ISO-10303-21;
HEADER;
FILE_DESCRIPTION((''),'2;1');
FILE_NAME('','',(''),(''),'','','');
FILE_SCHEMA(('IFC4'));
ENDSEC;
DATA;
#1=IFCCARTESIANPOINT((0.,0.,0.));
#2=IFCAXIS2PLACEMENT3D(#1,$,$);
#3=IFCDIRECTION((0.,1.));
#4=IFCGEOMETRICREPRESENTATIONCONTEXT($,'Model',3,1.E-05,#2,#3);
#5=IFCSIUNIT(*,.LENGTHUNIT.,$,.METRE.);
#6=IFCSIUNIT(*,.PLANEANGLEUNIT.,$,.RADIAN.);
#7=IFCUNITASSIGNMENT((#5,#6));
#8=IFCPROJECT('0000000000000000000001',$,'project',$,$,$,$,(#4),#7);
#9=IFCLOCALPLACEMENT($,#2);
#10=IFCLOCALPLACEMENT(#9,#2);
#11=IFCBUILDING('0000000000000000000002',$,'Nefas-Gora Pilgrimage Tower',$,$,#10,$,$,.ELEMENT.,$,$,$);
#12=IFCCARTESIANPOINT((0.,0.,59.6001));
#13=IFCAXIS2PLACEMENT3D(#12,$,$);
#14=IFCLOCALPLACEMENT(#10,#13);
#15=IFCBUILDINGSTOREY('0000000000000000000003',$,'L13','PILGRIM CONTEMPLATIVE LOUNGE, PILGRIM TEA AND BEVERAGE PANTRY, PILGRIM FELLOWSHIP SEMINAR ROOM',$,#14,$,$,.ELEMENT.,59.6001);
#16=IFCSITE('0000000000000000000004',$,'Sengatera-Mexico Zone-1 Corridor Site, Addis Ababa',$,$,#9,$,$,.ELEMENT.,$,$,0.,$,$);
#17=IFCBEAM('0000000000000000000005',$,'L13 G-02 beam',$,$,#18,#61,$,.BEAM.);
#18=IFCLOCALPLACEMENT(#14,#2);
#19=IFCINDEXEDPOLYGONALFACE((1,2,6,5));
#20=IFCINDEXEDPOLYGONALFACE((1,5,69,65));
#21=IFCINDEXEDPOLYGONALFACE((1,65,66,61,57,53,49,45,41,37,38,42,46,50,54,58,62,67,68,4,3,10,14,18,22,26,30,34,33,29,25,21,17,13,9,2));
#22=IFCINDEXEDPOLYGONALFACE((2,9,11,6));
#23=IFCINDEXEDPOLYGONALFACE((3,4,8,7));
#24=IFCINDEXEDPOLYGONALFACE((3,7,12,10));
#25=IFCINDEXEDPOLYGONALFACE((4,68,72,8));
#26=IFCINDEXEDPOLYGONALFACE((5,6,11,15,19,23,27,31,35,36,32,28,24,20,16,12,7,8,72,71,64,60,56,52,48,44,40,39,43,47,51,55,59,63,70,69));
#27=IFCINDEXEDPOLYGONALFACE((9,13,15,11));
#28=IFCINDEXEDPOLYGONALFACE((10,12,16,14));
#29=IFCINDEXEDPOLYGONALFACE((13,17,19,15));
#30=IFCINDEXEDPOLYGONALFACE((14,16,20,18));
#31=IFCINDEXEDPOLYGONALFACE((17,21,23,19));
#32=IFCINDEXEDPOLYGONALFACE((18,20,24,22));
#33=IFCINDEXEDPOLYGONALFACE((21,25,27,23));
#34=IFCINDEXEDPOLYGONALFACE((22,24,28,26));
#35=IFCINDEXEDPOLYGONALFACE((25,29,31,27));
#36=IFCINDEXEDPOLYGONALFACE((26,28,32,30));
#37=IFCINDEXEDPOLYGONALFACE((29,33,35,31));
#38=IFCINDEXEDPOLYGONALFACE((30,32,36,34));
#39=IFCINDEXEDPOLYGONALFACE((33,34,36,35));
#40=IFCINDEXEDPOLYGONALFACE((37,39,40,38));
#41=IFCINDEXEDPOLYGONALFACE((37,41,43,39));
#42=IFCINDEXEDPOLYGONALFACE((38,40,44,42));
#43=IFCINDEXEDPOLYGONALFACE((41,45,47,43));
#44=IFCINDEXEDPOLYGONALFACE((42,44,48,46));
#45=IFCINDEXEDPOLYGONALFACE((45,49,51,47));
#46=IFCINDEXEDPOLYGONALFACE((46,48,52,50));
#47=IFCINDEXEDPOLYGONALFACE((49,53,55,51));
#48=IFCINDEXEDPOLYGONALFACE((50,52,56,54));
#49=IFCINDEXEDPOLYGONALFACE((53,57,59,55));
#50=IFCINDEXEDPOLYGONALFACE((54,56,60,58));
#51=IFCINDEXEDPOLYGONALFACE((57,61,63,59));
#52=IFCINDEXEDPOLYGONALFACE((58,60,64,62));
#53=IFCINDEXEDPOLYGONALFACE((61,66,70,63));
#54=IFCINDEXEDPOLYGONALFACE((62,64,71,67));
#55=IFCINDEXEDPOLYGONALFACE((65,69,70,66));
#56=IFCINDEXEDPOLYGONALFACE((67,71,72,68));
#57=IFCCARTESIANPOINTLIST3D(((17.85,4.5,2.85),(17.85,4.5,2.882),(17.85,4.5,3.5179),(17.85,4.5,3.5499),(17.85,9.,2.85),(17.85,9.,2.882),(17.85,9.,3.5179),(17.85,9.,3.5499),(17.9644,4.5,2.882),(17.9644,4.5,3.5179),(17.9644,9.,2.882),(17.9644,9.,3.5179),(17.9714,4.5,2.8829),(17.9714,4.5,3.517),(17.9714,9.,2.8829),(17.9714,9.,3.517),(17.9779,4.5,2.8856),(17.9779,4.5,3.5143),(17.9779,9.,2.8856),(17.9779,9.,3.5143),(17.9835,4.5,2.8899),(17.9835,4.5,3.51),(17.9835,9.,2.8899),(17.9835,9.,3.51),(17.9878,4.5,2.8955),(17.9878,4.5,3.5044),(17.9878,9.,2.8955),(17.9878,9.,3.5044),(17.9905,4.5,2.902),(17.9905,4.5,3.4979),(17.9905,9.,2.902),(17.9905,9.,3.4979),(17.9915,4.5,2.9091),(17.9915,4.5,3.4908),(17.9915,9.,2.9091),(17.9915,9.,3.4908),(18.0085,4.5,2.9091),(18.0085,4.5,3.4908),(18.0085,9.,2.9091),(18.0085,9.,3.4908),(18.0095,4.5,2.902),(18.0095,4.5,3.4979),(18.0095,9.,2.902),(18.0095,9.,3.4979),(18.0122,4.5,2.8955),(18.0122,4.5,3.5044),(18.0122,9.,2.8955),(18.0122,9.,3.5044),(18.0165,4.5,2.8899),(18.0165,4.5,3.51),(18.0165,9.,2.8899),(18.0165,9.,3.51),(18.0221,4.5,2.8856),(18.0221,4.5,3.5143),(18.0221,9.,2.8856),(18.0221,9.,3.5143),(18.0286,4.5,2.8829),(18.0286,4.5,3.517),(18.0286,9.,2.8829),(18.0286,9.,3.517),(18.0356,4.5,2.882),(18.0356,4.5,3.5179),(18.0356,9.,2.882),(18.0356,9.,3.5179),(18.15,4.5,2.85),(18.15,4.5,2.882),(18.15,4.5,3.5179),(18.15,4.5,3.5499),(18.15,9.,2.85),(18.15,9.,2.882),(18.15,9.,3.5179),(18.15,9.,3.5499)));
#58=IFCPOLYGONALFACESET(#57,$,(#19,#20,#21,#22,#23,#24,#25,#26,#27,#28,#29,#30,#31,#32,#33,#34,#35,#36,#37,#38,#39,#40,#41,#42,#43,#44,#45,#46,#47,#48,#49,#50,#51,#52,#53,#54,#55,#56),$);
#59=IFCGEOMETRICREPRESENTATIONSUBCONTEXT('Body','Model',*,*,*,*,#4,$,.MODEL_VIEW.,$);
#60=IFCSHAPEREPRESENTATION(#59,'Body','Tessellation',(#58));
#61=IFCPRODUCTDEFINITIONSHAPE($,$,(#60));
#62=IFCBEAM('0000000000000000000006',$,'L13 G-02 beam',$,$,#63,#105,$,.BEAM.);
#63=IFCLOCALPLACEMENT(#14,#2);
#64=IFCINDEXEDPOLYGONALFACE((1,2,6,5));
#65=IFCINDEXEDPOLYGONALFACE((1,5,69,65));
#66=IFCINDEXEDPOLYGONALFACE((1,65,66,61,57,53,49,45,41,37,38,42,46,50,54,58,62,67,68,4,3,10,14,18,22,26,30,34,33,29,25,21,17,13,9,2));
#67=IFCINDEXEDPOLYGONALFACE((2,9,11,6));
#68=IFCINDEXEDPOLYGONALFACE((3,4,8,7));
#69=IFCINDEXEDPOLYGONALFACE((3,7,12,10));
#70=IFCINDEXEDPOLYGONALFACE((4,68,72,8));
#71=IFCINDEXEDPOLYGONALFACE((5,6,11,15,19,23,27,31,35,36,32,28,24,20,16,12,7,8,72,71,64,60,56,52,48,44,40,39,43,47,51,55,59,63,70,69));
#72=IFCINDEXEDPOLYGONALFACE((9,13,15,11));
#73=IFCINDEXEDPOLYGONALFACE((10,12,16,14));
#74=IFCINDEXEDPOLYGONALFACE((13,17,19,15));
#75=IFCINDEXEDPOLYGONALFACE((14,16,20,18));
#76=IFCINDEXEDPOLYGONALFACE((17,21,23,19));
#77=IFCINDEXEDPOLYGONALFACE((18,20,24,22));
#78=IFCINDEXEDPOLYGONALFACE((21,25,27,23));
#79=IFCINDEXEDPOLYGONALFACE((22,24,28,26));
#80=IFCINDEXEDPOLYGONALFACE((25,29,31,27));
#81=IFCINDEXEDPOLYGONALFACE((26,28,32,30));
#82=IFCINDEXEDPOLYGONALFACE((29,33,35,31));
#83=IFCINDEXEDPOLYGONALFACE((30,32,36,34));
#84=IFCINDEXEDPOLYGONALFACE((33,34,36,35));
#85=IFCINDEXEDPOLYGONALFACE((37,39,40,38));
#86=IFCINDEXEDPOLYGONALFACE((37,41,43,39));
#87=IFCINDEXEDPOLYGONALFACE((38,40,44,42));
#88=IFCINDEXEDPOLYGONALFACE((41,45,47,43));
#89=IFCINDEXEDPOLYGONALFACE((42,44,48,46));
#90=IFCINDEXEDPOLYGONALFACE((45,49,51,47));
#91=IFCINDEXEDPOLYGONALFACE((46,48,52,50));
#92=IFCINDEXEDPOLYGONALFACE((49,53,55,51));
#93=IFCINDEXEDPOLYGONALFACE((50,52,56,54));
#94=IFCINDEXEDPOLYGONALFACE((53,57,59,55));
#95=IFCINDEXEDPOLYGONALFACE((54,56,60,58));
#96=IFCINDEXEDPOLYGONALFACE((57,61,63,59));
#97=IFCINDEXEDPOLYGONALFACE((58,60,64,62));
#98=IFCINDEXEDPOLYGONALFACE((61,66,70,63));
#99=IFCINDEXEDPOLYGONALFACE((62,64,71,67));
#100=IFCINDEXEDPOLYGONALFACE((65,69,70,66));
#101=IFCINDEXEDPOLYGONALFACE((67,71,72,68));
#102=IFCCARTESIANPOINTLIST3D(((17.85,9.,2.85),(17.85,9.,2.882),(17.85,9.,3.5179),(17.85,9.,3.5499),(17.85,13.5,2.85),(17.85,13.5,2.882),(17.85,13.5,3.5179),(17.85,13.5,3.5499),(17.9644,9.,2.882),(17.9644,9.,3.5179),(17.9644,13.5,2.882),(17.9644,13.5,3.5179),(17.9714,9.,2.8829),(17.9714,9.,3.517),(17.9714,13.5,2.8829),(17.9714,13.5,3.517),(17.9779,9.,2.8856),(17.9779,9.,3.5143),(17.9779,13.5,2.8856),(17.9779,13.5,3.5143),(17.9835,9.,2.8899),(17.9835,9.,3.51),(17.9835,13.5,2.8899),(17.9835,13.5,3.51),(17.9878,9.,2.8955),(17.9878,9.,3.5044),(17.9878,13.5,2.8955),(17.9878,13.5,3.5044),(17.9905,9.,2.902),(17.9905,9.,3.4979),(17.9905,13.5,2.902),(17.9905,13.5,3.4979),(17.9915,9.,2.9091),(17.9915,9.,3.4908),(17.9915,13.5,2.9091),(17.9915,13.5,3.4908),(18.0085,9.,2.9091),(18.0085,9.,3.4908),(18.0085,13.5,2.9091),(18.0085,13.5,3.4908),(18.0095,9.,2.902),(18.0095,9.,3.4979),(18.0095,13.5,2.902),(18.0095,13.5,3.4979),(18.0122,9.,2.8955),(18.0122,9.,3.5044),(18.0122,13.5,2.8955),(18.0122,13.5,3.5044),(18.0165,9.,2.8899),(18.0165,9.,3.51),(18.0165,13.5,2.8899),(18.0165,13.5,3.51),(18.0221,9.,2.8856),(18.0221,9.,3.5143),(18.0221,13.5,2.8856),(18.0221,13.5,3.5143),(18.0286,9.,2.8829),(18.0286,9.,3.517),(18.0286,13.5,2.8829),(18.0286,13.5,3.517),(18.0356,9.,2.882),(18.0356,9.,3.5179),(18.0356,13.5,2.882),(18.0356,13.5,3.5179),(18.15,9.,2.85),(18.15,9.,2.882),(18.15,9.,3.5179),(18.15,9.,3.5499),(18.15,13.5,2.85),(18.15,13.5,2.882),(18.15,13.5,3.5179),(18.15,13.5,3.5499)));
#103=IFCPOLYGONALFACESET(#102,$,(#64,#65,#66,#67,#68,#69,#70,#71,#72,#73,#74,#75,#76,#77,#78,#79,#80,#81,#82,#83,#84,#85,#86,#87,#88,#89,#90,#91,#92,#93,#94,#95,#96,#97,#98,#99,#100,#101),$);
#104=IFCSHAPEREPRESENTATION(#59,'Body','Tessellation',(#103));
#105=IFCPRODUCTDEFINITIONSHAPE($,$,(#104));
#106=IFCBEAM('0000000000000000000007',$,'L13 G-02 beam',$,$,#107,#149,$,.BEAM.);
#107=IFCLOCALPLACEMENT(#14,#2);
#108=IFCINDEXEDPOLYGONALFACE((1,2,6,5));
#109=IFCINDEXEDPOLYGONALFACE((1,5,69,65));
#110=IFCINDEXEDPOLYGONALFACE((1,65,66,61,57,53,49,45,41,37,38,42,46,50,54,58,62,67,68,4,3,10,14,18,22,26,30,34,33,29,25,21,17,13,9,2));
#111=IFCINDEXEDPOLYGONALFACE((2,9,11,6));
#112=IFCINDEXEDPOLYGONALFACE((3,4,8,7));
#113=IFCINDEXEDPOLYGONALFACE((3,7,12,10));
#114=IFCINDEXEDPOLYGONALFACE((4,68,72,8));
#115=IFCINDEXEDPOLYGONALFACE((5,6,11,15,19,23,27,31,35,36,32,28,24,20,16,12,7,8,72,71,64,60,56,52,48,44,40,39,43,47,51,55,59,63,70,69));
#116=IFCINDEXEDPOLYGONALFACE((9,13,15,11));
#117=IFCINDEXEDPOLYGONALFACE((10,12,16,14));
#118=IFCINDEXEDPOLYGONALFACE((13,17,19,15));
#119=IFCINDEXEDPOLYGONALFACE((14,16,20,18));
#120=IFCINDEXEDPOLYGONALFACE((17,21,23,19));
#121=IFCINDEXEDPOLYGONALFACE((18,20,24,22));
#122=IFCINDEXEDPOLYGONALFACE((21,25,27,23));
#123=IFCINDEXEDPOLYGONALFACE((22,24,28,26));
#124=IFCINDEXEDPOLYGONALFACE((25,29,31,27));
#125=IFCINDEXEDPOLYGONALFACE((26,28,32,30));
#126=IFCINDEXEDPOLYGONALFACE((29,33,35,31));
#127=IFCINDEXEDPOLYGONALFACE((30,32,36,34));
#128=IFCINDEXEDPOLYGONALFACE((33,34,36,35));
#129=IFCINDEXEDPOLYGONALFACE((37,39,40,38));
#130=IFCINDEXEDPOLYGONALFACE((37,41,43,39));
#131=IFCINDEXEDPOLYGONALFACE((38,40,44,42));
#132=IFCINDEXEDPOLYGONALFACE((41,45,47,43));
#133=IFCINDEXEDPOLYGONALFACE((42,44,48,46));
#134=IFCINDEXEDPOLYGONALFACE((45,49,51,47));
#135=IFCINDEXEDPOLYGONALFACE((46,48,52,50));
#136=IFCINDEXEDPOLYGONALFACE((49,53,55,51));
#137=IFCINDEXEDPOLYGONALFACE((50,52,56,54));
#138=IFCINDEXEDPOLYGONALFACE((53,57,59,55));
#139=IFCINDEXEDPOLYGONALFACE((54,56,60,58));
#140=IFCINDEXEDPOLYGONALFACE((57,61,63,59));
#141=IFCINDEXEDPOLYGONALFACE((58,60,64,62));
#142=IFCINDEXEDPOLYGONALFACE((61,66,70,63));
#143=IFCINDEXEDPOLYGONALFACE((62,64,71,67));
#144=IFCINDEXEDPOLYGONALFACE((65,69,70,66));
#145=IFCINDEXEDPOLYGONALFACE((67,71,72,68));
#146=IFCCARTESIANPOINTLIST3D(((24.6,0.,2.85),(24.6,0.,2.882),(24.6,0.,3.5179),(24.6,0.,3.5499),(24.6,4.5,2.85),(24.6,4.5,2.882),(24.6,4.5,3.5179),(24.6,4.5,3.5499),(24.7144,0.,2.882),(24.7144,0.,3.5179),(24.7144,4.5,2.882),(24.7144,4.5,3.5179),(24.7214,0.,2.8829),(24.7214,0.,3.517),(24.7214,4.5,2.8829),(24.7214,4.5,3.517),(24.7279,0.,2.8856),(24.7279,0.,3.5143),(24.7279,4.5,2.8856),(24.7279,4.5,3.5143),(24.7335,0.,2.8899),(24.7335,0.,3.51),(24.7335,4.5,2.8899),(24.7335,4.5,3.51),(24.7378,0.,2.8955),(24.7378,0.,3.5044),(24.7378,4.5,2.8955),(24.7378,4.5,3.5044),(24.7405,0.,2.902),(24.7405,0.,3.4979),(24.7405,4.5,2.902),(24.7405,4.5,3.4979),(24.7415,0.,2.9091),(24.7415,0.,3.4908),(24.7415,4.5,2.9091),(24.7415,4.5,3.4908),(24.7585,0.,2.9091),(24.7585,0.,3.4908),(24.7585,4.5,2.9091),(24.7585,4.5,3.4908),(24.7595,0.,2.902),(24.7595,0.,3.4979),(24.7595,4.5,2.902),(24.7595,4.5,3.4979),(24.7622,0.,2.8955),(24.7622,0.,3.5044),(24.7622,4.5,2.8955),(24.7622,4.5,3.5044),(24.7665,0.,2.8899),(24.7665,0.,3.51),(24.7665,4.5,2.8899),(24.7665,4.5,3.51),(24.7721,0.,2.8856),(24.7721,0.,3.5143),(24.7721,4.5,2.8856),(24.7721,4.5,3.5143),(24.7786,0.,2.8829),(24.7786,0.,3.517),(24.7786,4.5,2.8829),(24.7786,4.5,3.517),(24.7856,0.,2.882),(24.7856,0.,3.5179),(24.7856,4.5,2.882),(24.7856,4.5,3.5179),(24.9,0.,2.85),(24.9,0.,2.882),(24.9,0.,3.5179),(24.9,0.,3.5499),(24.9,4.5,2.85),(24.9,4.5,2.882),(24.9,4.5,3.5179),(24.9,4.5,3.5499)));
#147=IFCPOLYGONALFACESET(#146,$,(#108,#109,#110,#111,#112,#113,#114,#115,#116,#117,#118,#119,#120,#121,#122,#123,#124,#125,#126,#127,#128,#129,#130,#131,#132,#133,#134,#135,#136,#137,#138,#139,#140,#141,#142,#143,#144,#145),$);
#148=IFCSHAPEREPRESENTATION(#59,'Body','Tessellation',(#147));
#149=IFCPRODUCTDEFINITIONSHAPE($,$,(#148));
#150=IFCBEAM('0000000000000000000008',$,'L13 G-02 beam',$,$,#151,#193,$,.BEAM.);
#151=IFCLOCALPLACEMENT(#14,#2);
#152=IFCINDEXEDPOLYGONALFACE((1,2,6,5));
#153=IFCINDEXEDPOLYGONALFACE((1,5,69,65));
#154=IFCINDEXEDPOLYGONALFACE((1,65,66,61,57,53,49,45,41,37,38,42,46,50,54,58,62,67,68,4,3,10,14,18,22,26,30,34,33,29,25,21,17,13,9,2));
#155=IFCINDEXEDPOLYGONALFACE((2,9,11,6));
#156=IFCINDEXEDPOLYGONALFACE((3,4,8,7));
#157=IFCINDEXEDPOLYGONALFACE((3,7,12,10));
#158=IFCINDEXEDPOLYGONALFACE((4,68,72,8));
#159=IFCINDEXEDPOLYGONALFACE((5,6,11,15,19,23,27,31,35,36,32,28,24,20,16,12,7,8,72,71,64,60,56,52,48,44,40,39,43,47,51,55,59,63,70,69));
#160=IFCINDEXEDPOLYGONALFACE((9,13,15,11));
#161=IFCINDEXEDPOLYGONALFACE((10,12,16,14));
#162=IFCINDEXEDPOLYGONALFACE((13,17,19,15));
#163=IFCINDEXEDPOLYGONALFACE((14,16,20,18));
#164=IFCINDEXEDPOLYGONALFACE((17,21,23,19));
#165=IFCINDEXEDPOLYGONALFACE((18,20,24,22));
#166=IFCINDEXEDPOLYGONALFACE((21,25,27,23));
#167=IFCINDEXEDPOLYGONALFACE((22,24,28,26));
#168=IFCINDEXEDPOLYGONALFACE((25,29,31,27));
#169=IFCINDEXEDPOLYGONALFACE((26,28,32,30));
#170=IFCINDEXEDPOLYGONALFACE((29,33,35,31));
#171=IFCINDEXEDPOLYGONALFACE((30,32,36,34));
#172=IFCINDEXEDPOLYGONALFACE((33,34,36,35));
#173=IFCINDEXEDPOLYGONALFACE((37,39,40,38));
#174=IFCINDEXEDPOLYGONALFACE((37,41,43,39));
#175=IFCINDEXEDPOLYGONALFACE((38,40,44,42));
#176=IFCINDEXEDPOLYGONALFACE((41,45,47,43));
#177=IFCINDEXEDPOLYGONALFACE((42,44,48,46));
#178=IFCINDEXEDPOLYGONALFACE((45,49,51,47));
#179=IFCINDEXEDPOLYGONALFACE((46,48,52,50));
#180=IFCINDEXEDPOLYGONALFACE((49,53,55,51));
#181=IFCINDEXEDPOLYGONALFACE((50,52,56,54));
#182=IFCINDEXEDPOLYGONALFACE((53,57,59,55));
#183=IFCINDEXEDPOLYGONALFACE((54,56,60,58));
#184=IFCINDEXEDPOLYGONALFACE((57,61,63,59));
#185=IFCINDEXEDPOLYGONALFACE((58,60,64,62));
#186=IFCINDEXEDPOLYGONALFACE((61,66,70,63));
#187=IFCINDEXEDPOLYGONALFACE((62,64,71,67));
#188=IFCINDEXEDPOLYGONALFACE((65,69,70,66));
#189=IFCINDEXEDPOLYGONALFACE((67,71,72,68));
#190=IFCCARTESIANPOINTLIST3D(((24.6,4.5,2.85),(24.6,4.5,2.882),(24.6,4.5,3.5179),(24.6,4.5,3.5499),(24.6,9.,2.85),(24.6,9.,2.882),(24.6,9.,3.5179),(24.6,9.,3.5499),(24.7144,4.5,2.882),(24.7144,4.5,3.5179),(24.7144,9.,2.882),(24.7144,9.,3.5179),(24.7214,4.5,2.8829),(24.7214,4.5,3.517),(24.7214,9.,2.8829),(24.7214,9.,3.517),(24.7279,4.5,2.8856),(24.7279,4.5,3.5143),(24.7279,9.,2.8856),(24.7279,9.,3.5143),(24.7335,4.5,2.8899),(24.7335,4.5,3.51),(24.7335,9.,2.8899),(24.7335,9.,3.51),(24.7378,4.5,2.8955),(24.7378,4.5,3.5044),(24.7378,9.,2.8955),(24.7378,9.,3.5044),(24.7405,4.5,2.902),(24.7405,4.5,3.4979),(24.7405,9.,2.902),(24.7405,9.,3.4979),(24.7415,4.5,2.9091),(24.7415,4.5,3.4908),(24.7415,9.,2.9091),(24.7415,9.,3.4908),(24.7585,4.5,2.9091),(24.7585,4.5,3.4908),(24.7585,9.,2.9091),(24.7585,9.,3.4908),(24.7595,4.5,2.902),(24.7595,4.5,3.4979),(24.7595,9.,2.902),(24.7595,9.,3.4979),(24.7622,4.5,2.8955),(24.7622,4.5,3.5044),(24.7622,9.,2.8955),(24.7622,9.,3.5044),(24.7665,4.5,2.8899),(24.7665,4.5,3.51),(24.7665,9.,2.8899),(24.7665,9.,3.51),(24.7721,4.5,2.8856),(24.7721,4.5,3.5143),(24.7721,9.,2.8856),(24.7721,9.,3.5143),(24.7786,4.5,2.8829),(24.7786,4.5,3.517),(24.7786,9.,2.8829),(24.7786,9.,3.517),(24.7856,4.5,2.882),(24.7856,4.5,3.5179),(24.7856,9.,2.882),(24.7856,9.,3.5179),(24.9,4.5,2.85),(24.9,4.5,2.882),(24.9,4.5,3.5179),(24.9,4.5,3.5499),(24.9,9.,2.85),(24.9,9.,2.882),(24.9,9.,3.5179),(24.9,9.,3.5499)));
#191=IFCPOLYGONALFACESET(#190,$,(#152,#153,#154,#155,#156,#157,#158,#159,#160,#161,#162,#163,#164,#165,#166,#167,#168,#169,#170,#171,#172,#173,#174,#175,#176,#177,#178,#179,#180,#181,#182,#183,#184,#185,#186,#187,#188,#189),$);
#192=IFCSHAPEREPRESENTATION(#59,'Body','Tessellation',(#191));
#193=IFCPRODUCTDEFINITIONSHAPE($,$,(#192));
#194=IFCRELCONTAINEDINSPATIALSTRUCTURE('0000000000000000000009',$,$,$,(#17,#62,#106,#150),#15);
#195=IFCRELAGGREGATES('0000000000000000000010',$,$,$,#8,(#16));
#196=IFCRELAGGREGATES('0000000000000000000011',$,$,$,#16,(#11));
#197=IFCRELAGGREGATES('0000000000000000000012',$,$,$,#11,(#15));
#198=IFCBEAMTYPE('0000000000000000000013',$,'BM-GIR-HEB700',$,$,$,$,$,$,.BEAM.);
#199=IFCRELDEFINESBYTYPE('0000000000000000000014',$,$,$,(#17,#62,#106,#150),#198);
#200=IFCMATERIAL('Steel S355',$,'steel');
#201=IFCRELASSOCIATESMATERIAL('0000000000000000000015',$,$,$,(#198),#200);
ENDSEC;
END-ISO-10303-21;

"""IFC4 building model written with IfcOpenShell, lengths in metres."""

from ifc_helpers import new_model, si_unit, direction, frame, origin, origin_2d, place, context, subcontext, project, spatial, i_section, extrude, source, transform, mapped, material, material_profile, profile_set, type_object, element, save


model = new_model("IFC4")

# Units and contexts
model_context = context("Model", 3, precision=1e-05, world=origin(), true_north=direction((0.0, 1.0)))
body_context = subcontext(model_context, "Body", "Model", "MODEL_VIEW")
ifc_project = project(units=[si_unit("LENGTHUNIT", "METRE"), si_unit("PLANEANGLEUNIT", "RADIAN")], contexts=[model_context])

# Site, building, storey
site_placement = place(None, origin())
site = spatial("IfcSite", under=ifc_project, at=site_placement, Name="Sengatera-Mexico Zone-1 Corridor Site, Addis Ababa", CompositionType="ELEMENT", RefElevation=0.0)
building_placement = place(site_placement, origin())
building = spatial("IfcBuilding", under=site, at=building_placement, Name="Nefas-Gora Pilgrimage Tower", CompositionType="ELEMENT")
storey_placement = place(building_placement, frame((0.0, 0.0, 59.6001)))
storey = spatial("IfcBuildingStorey", under=building, at=storey_placement, Name="L13", Description="PILGRIM CONTEMPLATIVE LOUNGE, PILGRIM TEA AND BEVERAGE PANTRY, PILGRIM FELLOWSHIP SEMINAR ROOM", CompositionType="ELEMENT", Elevation=59.6001)

# Beams
ifc_material_1 = material(Name="Steel S355", Category="steel")
ifc_material_profile_1 = material_profile(ifc_material_1, i_section(OverallWidth=0.3, OverallDepth=0.7, WebThickness=0.0171, FlangeThickness=0.032, FilletRadius=0.0271, at=origin_2d()), Name="HEB 700")
ifc_profile_set_1 = profile_set([ifc_material_profile_1], Name="Steel S355")
beam_type_1 = type_object("IfcBeamType", Name="BM-GIR-HEB700", PredefinedType="BEAM", material=ifc_profile_set_1)
shared_shape_1 = source(origin(), body_context, "Body", "SweptSolid", [
    extrude(i_section(OverallWidth=0.3, OverallDepth=0.7, WebThickness=0.0171, FlangeThickness=0.032, FilletRadius=0.0271, at=origin_2d()), origin(), (0.0, 0.0, 1.0), 4.5),
])
for number, where, z_axis, x_axis, name in (
    (1, (18.0, 4.5, 3.2), (0.0, 1.0, 0.0), (-1.0, 0.0, 0.0), "L13 G-02 beam"),
    (2, (18.0, 9.0, 3.2), (0.0, 1.0, 0.0), (-1.0, 0.0, 0.0), "L13 G-02 beam"),
    (3, (24.75, 0.0, 3.2), (0.0, 1.0, 0.0), (-1.0, 0.0, 0.0), "L13 G-02 beam"),
    (4, (24.75, 4.5, 3.2), (0.0, 1.0, 0.0), (-1.0, 0.0, 0.0), "L13 G-02 beam"),
):
    element("IfcBeam", number, at=place(storey_placement, frame(where, z_axis=z_axis, x_axis=x_axis)), inside=storey, type_object=beam_type_1, Name=name, PredefinedType="BEAM", context=body_context, shape_type="MappedRepresentation", body=[
        mapped(shared_shape_1, transform((0.0, 0.0, 0.0), x_axis=(1.0, 0.0, 0.0), y_axis=(0.0, 1.0, 0.0), z_axis=(0.0, 0.0, 1.0), scale=1.0)),
    ])

save(model, "model.ifc")
